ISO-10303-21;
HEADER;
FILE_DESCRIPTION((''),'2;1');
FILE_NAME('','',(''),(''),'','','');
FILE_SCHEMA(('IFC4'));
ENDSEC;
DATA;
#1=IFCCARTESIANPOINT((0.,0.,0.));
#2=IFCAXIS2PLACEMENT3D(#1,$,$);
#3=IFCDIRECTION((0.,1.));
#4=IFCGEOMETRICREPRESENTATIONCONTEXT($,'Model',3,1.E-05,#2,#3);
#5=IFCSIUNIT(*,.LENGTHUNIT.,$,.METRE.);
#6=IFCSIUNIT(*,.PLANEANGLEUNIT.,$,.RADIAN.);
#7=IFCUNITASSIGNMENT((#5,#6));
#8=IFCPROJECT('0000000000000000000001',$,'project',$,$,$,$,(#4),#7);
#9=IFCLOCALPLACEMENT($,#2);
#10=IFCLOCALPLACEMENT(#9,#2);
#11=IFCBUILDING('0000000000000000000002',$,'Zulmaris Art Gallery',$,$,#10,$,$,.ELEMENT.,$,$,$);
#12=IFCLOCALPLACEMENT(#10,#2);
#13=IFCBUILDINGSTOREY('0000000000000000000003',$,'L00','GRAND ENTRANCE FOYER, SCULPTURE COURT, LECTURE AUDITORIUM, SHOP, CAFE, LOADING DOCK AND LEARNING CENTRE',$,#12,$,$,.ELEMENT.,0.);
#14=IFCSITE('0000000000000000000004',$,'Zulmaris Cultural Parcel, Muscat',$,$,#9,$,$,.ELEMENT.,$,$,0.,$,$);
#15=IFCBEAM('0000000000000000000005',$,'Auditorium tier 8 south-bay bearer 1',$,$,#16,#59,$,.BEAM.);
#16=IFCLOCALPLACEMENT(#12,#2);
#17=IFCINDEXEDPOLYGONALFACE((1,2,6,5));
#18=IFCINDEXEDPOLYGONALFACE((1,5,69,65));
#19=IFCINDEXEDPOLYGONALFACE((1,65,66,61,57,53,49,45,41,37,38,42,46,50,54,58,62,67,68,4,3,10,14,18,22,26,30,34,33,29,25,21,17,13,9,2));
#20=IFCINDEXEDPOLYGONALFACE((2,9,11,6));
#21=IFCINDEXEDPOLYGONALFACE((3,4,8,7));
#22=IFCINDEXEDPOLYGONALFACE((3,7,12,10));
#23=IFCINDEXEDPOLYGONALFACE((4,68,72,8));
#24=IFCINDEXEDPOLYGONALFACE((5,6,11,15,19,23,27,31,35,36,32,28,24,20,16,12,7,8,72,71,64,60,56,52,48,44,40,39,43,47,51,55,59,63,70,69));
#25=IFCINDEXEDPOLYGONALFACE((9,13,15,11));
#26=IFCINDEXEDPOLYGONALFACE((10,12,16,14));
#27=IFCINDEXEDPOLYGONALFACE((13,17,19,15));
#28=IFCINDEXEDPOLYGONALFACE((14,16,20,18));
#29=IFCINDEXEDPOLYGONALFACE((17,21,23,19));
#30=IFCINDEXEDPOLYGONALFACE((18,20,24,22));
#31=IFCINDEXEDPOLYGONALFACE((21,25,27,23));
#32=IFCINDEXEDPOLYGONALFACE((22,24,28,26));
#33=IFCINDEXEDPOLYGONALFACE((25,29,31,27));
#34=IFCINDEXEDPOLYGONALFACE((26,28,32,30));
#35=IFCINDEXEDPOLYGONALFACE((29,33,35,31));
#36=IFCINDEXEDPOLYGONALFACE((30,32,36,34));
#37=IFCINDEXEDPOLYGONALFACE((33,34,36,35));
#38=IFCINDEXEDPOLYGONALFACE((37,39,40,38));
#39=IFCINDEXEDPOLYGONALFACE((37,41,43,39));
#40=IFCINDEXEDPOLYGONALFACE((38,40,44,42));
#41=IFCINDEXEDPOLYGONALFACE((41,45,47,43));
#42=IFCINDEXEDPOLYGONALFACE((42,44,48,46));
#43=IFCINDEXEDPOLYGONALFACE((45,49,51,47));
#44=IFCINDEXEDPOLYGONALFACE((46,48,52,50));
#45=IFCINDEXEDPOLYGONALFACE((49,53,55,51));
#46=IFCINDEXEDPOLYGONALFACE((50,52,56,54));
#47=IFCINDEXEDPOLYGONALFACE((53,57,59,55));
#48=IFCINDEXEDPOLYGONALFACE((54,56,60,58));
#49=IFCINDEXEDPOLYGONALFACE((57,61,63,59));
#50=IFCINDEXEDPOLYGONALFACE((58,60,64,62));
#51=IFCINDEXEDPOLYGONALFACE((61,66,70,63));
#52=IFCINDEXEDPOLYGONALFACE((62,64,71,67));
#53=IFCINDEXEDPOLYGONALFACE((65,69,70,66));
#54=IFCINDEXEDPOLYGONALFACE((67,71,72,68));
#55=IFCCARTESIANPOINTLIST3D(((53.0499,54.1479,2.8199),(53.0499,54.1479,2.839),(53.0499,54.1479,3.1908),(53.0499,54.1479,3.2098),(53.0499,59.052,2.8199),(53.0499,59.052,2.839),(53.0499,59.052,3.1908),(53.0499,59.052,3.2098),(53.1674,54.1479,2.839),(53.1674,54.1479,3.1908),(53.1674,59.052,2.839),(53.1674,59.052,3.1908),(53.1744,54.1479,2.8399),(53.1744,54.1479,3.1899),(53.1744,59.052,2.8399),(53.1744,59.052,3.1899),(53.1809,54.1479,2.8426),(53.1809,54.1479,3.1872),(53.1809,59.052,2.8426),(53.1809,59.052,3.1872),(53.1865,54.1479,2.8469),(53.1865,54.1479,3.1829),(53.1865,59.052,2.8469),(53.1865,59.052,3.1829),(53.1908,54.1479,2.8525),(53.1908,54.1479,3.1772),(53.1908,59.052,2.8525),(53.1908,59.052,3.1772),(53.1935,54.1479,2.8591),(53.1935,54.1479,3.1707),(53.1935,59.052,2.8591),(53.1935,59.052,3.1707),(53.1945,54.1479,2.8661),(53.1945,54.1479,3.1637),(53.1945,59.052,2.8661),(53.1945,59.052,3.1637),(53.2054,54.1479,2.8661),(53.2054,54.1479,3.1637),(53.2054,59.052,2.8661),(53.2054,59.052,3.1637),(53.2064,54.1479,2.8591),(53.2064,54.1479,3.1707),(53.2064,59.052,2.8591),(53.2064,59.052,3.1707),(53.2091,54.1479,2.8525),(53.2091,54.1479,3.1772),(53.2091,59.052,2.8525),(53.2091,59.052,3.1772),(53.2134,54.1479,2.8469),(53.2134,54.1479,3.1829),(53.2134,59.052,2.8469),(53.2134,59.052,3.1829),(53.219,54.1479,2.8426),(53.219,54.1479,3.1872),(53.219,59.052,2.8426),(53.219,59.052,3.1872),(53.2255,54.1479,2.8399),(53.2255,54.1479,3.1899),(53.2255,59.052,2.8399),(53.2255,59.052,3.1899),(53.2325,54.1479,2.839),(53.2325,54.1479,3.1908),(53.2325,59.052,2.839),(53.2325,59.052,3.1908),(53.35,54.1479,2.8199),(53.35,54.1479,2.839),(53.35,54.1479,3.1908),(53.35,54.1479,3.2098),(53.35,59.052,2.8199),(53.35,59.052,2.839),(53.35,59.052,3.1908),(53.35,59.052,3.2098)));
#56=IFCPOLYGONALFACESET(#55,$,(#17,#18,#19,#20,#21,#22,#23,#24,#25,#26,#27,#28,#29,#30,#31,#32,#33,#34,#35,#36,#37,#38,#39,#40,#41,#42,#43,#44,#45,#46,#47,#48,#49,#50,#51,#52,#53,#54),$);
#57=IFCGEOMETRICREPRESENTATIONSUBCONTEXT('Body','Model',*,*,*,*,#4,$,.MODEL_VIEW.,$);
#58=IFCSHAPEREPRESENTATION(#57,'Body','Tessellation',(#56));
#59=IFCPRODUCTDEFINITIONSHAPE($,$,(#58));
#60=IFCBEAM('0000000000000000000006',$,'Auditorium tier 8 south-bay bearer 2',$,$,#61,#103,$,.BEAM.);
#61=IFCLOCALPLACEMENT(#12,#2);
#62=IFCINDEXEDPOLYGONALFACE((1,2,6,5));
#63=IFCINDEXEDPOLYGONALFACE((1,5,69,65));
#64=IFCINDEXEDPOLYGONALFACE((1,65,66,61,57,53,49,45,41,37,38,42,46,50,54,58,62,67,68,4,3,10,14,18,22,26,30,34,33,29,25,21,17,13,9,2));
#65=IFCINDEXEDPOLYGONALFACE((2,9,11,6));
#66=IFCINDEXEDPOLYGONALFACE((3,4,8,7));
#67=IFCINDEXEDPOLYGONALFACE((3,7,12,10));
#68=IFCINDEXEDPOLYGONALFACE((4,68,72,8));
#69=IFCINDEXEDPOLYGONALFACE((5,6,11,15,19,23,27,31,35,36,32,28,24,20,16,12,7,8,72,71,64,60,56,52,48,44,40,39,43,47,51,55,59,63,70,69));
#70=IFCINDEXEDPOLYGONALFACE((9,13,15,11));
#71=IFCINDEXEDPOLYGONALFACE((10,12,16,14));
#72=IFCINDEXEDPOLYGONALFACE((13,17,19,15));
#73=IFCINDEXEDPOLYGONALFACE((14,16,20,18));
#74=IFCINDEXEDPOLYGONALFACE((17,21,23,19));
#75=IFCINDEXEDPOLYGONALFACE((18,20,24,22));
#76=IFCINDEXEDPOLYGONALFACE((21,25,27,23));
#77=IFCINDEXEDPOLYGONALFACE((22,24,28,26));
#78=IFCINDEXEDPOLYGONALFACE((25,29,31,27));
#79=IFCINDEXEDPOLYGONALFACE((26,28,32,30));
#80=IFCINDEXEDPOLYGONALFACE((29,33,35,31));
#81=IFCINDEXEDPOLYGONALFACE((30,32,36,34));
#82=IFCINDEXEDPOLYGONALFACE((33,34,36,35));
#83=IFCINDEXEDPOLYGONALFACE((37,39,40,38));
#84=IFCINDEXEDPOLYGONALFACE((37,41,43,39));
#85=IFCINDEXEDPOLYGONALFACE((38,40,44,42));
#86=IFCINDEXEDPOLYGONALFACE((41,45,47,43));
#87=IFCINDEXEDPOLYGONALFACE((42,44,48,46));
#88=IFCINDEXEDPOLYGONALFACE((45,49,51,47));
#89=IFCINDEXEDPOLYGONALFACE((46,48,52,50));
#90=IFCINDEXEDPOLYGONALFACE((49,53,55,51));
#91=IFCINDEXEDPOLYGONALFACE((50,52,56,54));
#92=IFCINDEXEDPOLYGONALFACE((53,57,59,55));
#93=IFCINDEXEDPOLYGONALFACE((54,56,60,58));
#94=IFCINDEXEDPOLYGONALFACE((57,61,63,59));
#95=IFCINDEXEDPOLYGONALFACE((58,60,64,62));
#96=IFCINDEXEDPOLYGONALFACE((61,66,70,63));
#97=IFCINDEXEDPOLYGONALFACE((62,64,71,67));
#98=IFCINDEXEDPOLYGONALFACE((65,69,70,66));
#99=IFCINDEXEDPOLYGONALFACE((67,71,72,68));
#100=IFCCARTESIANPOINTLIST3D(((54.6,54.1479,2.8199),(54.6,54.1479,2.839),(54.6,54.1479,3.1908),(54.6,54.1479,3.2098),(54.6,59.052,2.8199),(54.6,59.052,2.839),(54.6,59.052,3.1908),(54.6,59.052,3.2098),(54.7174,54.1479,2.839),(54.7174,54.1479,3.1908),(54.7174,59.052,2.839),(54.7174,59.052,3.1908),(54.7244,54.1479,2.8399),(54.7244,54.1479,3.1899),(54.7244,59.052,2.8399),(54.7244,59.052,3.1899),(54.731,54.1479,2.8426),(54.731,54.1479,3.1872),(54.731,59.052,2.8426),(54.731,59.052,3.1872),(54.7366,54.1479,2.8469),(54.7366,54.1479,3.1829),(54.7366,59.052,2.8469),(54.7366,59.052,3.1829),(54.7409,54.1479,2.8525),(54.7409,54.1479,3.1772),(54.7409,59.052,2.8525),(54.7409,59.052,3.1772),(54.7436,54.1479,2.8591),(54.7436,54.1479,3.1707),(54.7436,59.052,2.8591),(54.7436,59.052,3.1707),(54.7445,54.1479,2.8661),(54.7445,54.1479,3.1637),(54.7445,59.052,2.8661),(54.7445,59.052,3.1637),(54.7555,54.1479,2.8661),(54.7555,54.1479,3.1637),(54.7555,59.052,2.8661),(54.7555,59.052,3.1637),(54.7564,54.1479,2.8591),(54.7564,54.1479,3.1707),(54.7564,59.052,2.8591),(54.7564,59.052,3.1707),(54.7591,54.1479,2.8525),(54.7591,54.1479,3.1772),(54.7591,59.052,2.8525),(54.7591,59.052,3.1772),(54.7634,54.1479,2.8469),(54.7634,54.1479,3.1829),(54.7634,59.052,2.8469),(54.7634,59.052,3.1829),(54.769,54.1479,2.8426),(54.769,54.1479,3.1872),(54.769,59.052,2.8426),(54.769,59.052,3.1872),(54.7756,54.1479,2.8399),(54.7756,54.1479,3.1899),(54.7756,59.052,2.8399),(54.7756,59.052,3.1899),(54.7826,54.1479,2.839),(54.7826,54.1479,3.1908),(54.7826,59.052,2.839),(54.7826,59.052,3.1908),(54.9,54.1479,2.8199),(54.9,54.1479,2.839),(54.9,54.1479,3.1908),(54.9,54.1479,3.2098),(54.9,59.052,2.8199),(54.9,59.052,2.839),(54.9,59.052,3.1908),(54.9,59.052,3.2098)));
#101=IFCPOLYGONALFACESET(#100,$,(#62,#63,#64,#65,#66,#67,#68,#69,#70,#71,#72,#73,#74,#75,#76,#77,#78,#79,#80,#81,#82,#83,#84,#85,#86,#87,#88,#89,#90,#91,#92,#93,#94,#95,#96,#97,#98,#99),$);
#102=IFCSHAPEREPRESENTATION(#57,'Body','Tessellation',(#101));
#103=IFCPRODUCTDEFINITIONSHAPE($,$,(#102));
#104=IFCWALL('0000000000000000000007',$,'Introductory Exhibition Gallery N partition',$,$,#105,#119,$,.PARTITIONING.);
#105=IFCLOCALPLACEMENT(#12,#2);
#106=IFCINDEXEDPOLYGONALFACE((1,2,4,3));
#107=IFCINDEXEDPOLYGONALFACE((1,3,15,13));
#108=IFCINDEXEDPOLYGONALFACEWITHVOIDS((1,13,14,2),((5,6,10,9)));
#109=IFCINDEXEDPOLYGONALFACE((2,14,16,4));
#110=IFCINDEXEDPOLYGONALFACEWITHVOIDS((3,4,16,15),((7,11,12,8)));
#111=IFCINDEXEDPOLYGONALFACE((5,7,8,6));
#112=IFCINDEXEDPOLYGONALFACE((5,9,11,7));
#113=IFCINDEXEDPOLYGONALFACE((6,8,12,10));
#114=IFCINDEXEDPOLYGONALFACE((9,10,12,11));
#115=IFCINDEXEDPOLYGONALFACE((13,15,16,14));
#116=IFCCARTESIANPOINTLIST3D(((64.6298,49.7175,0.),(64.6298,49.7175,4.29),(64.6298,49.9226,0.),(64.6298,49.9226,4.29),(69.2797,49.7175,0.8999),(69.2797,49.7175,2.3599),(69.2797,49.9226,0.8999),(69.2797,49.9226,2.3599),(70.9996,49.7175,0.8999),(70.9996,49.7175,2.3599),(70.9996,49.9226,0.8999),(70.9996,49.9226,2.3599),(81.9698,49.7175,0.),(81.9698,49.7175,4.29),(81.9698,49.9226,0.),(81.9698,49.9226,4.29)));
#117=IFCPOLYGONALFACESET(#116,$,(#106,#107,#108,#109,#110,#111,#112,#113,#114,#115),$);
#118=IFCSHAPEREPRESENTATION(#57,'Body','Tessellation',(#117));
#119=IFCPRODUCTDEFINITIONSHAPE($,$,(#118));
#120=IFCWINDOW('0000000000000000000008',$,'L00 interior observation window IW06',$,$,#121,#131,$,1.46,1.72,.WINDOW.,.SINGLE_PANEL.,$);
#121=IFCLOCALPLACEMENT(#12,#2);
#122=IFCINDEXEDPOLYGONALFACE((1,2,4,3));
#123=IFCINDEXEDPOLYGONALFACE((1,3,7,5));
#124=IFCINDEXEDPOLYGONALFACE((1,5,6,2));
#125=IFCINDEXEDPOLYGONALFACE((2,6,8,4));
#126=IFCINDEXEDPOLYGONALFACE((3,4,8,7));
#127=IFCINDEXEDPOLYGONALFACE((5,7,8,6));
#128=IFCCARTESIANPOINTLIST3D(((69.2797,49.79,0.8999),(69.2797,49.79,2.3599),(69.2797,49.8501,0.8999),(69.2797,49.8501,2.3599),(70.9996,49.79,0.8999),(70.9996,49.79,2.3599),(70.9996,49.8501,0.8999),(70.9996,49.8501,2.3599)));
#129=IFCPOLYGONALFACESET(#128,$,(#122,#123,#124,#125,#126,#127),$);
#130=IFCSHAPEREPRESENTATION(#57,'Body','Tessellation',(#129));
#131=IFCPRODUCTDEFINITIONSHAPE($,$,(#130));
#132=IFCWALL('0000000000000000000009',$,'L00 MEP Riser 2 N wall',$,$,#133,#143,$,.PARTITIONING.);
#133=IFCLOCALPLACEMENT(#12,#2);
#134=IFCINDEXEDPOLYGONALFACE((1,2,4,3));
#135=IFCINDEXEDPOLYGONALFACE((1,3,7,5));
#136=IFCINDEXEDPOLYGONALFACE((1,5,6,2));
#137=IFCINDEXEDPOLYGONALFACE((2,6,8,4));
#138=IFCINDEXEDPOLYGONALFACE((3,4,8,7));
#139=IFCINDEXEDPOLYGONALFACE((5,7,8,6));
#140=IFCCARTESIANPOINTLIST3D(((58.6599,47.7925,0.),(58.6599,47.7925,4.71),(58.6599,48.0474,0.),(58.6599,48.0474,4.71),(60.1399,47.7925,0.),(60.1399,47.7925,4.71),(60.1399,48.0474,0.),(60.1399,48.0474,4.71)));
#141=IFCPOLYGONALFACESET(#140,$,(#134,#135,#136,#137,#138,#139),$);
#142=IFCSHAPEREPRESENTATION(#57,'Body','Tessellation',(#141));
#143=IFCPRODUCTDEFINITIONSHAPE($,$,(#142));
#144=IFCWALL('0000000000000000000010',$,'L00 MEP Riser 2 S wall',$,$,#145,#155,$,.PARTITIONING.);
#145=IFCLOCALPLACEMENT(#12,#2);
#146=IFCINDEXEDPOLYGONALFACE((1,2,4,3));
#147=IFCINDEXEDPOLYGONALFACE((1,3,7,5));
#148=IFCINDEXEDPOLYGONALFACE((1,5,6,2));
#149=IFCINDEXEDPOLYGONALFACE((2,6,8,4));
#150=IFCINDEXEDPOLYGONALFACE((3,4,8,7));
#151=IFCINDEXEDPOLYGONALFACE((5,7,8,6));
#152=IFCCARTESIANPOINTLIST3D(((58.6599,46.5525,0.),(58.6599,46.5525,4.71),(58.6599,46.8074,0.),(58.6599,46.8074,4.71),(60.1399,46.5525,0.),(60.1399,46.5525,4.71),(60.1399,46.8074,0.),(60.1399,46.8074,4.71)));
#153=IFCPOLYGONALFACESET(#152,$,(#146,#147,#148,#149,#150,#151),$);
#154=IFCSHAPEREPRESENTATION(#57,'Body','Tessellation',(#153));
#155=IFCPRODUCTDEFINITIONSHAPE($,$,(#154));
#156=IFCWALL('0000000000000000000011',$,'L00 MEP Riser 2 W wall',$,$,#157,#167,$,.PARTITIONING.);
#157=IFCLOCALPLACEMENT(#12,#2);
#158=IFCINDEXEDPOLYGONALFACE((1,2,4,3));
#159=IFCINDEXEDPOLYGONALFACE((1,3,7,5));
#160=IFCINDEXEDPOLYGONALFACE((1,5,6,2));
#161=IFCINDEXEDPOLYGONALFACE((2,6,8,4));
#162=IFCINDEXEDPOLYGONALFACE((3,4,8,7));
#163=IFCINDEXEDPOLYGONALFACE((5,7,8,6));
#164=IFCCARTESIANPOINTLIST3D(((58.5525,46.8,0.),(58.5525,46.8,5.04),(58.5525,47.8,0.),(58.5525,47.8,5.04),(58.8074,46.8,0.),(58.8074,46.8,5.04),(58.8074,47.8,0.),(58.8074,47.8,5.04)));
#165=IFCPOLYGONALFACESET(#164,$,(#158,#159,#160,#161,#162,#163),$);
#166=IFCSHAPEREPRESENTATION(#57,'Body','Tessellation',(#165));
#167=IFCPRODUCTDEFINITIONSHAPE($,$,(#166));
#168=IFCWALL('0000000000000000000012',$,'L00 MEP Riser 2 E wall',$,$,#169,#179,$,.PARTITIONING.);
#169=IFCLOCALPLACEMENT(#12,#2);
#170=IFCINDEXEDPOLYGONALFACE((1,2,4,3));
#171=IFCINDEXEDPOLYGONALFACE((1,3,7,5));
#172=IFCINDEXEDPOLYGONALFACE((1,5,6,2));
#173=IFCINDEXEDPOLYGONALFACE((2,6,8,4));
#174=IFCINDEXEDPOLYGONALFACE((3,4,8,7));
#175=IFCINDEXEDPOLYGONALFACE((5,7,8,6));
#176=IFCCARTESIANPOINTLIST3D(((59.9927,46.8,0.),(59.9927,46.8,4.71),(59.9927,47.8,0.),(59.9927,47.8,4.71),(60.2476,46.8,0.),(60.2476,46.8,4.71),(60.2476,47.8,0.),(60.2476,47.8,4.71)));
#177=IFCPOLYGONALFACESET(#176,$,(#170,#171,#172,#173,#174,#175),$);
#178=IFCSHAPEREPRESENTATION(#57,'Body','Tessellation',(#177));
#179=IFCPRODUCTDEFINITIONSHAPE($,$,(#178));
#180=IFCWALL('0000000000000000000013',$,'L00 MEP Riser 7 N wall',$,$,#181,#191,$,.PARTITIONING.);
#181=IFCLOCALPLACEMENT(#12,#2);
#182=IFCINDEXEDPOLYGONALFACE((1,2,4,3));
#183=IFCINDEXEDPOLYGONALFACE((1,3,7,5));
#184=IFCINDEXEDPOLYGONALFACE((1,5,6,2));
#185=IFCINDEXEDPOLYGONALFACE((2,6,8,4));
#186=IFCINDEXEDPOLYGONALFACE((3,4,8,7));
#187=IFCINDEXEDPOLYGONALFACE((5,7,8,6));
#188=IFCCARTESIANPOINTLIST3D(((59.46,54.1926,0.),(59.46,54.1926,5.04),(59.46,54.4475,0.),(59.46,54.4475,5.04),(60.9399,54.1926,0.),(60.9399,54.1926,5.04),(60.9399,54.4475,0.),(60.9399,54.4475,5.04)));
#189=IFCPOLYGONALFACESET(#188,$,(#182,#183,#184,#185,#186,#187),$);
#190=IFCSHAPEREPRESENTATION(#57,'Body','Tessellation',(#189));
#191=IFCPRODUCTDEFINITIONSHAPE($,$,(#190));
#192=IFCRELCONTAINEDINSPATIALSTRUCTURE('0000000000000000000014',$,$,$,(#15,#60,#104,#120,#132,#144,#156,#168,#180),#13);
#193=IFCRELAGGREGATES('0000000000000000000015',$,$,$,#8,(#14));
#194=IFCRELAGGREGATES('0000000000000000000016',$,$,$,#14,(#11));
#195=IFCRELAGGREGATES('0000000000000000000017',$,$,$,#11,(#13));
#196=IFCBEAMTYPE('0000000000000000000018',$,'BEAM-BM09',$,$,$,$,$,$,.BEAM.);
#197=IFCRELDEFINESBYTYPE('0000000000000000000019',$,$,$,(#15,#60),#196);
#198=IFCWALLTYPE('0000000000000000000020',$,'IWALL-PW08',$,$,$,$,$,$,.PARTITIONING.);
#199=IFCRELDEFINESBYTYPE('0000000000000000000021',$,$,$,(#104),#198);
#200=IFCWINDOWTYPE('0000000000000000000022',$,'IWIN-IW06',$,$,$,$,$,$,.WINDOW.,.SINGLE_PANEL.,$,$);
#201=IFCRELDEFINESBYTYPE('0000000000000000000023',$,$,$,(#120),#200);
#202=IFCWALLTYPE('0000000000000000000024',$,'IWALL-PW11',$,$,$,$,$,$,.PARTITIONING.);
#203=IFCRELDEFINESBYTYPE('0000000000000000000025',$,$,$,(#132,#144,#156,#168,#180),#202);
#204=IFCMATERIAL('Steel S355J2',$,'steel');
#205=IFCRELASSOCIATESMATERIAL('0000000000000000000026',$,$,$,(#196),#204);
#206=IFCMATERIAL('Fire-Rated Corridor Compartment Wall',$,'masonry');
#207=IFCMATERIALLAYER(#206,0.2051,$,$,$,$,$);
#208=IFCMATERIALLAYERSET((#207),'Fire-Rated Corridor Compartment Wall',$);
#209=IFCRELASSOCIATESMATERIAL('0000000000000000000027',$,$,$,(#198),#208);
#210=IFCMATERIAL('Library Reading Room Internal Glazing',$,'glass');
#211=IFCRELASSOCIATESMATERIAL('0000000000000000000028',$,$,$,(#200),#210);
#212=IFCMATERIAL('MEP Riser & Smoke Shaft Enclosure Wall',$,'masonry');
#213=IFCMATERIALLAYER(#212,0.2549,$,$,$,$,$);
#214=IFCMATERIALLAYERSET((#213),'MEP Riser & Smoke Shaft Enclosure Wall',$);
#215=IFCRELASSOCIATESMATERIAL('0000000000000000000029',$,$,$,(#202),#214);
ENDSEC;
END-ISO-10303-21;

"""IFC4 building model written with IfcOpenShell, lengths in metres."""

from ifc_helpers import new_model, si_unit, direction, frame, frame_2d, origin, origin_2d, place, context, subcontext, project, spatial, rectangle, i_section, extrude, material, layer, layer_set, material_profile, profile_set, type_object, element, fill, save


model = new_model("IFC4")

# Units and contexts
model_context = context("Model", 3, precision=1e-05, world=origin(), true_north=direction((0.0, 1.0)))
body_context = subcontext(model_context, "Body", "Model", "MODEL_VIEW")
ifc_project = project(units=[si_unit("LENGTHUNIT", "METRE"), si_unit("PLANEANGLEUNIT", "RADIAN")], contexts=[model_context])

# Site, building, storey
site_placement = place(None, origin())
site = spatial("IfcSite", under=ifc_project, at=site_placement, Name="Zulmaris Cultural Parcel, Muscat", CompositionType="ELEMENT", RefElevation=0.0)
building_placement = place(site_placement, origin())
building = spatial("IfcBuilding", under=site, at=building_placement, Name="Zulmaris Art Gallery", CompositionType="ELEMENT")
storey_placement = place(building_placement, origin())
storey = spatial("IfcBuildingStorey", under=building, at=storey_placement, Name="L00", Description="GRAND ENTRANCE FOYER, SCULPTURE COURT, LECTURE AUDITORIUM, SHOP, CAFE, LOADING DOCK AND LEARNING CENTRE", CompositionType="ELEMENT", Elevation=0.0)

# Beams
ifc_material_1 = material(Name="Steel S355J2", Category="steel")
ifc_material_profile_1 = material_profile(ifc_material_1, i_section(OverallWidth=0.3, OverallDepth=0.3899, WebThickness=0.011, FlangeThickness=0.019, FilletRadius=0.0271, at=origin_2d()), Name="HEA 400")
ifc_profile_set_1 = profile_set([ifc_material_profile_1], Name="Steel S355J2")
beam_type_1 = type_object("IfcBeamType", Name="BEAM-BM09", PredefinedType="BEAM", material=ifc_profile_set_1)
for number, where, z_axis, x_axis, name in (
    (1, (53.2, 54.1479, 3.0149), (0.0, 1.0, 0.0), (-1.0, 0.0, 0.0), "Auditorium tier 8 south-bay bearer 1"),
    (2, (54.75, 54.1479, 3.0149), (0.0, 1.0, 0.0), (-1.0, 0.0, 0.0), "Auditorium tier 8 south-bay bearer 2"),
):
    element("IfcBeam", number, at=place(storey_placement, frame(where, z_axis=z_axis, x_axis=x_axis)), inside=storey, type_object=beam_type_1, Name=name, PredefinedType="BEAM", context=body_context, shape_type="SweptSolid", body=[
        extrude(i_section(OverallWidth=0.3, OverallDepth=0.3899, WebThickness=0.011, FlangeThickness=0.019, FilletRadius=0.0271, at=origin_2d()), origin(), (0.0, 0.0, 1.0), 4.9041),
    ])

# Wall, opening, window
ifc_material_2 = material(Name="Fire-Rated Corridor Compartment Wall", Category="masonry")
ifc_layer_1 = layer(ifc_material_2, 0.2051)
ifc_layer_set_1 = layer_set([ifc_layer_1], Name="Fire-Rated Corridor Compartment Wall")
wall_type_1 = type_object("IfcWallType", Name="IWALL-PW08", PredefinedType="PARTITIONING", material=ifc_layer_set_1)
wall_1_placement = place(storey_placement, frame((64.6299, 49.8201, 0.0), z_axis=(0.0, 0.0, 1.0), x_axis=(1.0, 0.0, 0.0)))
wall_1 = element("IfcWall", 3, at=wall_1_placement, inside=storey, type_object=wall_type_1, Name="Introductory Exhibition Gallery N partition", PredefinedType="PARTITIONING", context=body_context, shape_type="SweptSolid", body=[
    extrude(rectangle(XDim=17.3401, YDim=0.2051, at=frame_2d((8.6699, 0.0))), origin(), (0.0, 0.0, 1.0), 4.29),
])
opening_1_placement = place(wall_1_placement, frame((4.6499, 0.0, 0.8999)))
opening_1 = element("IfcOpeningElement", 4, at=opening_1_placement, cuts=wall_1, PredefinedType="OPENING", context=body_context, shape_type="SweptSolid", body=[
    extrude(rectangle(XDim=1.72, YDim=1.46, at=frame_2d((0.8599, 0.73))), frame((0.0, 0.1125, 0.0), z_axis=(0.0, -1.0, 0.0), x_axis=(1.0, 0.0, 0.0)), (0.0, 0.0, 1.0), 0.2251),
])
ifc_material_3 = material(Name="Library Reading Room Internal Glazing", Category="glass")
window_type = type_object("IfcWindowType", Name="IWIN-IW06", PartitioningType="SINGLE_PANEL", PredefinedType="WINDOW", material=ifc_material_3)
window_placement = place(opening_1_placement, origin())
window = element("IfcWindow", 5, at=window_placement, inside=storey, type_object=window_type, Name="L00 interior observation window IW06", OverallHeight=1.46, OverallWidth=1.72, PartitioningType="SINGLE_PANEL", PredefinedType="WINDOW", context=body_context, shape_type="SweptSolid", body=[
    extrude(rectangle(XDim=1.72, YDim=1.46, at=frame_2d((0.8599, 0.73))), frame((0.0, 0.03, 0.0), z_axis=(0.0, -1.0, 0.0), x_axis=(1.0, 0.0, 0.0)), (0.0, 0.0, 1.0), 0.0601),
])
fill(opening_1, window)

# Walls
ifc_material_4 = material(Name="MEP Riser & Smoke Shaft Enclosure Wall", Category="masonry")
ifc_layer_2 = layer(ifc_material_4, 0.2549)
ifc_layer_set_2 = layer_set([ifc_layer_2], Name="MEP Riser & Smoke Shaft Enclosure Wall")
wall_type_2 = type_object("IfcWallType", Name="IWALL-PW11", PredefinedType="PARTITIONING", material=ifc_layer_set_2)
for number, where, z_axis, x_axis, name in (
    (6, (58.6599, 47.9199, 0.0), (0.0, 0.0, 1.0), (1.0, 0.0, 0.0), "L00 MEP Riser 2 N wall"),
    (7, (58.6599, 46.6799, 0.0), (0.0, 0.0, 1.0), (1.0, 0.0, 0.0), "L00 MEP Riser 2 S wall"),
):
    element("IfcWall", number, at=place(storey_placement, frame(where, z_axis=z_axis, x_axis=x_axis)), inside=storey, type_object=wall_type_2, Name=name, PredefinedType="PARTITIONING", context=body_context, shape_type="SweptSolid", body=[
        extrude(rectangle(XDim=1.48, YDim=0.2549, at=frame_2d((0.74, 0.0))), origin(), (0.0, 0.0, 1.0), 4.71),
    ])
wall_2_placement = place(storey_placement, frame((58.6799, 46.8, 0.0), z_axis=(0.0, 0.0, 1.0), x_axis=(0.0, 1.0, 0.0)))
element("IfcWall", 8, at=wall_2_placement, inside=storey, type_object=wall_type_2, Name="L00 MEP Riser 2 W wall", PredefinedType="PARTITIONING", context=body_context, shape_type="SweptSolid", body=[
    extrude(rectangle(XDim=1.0, YDim=0.2549, at=frame_2d((0.5, 0.0))), origin(), (0.0, 0.0, 1.0), 5.04),
])
wall_3_placement = place(storey_placement, frame((60.1201, 46.8, 0.0), z_axis=(0.0, 0.0, 1.0), x_axis=(0.0, 1.0, 0.0)))
element("IfcWall", 9, at=wall_3_placement, inside=storey, type_object=wall_type_2, Name="L00 MEP Riser 2 E wall", PredefinedType="PARTITIONING", context=body_context, shape_type="SweptSolid", body=[
    extrude(rectangle(XDim=1.0, YDim=0.2549, at=frame_2d((0.5, 0.0))), origin(), (0.0, 0.0, 1.0), 4.71),
])
for number, where, z_axis, x_axis, name in (
    (10, (59.46, 54.3201, 0.0), (0.0, 0.0, 1.0), (1.0, 0.0, 0.0), "L00 MEP Riser 7 N wall"),
):
    element("IfcWall", number, at=place(storey_placement, frame(where, z_axis=z_axis, x_axis=x_axis)), inside=storey, type_object=wall_type_2, Name=name, PredefinedType="PARTITIONING", context=body_context, shape_type="SweptSolid", body=[
        extrude(rectangle(XDim=1.48, YDim=0.2549, at=frame_2d((0.74, 0.0))), origin(), (0.0, 0.0, 1.0), 5.04),
    ])

save(model, "model.ifc")
